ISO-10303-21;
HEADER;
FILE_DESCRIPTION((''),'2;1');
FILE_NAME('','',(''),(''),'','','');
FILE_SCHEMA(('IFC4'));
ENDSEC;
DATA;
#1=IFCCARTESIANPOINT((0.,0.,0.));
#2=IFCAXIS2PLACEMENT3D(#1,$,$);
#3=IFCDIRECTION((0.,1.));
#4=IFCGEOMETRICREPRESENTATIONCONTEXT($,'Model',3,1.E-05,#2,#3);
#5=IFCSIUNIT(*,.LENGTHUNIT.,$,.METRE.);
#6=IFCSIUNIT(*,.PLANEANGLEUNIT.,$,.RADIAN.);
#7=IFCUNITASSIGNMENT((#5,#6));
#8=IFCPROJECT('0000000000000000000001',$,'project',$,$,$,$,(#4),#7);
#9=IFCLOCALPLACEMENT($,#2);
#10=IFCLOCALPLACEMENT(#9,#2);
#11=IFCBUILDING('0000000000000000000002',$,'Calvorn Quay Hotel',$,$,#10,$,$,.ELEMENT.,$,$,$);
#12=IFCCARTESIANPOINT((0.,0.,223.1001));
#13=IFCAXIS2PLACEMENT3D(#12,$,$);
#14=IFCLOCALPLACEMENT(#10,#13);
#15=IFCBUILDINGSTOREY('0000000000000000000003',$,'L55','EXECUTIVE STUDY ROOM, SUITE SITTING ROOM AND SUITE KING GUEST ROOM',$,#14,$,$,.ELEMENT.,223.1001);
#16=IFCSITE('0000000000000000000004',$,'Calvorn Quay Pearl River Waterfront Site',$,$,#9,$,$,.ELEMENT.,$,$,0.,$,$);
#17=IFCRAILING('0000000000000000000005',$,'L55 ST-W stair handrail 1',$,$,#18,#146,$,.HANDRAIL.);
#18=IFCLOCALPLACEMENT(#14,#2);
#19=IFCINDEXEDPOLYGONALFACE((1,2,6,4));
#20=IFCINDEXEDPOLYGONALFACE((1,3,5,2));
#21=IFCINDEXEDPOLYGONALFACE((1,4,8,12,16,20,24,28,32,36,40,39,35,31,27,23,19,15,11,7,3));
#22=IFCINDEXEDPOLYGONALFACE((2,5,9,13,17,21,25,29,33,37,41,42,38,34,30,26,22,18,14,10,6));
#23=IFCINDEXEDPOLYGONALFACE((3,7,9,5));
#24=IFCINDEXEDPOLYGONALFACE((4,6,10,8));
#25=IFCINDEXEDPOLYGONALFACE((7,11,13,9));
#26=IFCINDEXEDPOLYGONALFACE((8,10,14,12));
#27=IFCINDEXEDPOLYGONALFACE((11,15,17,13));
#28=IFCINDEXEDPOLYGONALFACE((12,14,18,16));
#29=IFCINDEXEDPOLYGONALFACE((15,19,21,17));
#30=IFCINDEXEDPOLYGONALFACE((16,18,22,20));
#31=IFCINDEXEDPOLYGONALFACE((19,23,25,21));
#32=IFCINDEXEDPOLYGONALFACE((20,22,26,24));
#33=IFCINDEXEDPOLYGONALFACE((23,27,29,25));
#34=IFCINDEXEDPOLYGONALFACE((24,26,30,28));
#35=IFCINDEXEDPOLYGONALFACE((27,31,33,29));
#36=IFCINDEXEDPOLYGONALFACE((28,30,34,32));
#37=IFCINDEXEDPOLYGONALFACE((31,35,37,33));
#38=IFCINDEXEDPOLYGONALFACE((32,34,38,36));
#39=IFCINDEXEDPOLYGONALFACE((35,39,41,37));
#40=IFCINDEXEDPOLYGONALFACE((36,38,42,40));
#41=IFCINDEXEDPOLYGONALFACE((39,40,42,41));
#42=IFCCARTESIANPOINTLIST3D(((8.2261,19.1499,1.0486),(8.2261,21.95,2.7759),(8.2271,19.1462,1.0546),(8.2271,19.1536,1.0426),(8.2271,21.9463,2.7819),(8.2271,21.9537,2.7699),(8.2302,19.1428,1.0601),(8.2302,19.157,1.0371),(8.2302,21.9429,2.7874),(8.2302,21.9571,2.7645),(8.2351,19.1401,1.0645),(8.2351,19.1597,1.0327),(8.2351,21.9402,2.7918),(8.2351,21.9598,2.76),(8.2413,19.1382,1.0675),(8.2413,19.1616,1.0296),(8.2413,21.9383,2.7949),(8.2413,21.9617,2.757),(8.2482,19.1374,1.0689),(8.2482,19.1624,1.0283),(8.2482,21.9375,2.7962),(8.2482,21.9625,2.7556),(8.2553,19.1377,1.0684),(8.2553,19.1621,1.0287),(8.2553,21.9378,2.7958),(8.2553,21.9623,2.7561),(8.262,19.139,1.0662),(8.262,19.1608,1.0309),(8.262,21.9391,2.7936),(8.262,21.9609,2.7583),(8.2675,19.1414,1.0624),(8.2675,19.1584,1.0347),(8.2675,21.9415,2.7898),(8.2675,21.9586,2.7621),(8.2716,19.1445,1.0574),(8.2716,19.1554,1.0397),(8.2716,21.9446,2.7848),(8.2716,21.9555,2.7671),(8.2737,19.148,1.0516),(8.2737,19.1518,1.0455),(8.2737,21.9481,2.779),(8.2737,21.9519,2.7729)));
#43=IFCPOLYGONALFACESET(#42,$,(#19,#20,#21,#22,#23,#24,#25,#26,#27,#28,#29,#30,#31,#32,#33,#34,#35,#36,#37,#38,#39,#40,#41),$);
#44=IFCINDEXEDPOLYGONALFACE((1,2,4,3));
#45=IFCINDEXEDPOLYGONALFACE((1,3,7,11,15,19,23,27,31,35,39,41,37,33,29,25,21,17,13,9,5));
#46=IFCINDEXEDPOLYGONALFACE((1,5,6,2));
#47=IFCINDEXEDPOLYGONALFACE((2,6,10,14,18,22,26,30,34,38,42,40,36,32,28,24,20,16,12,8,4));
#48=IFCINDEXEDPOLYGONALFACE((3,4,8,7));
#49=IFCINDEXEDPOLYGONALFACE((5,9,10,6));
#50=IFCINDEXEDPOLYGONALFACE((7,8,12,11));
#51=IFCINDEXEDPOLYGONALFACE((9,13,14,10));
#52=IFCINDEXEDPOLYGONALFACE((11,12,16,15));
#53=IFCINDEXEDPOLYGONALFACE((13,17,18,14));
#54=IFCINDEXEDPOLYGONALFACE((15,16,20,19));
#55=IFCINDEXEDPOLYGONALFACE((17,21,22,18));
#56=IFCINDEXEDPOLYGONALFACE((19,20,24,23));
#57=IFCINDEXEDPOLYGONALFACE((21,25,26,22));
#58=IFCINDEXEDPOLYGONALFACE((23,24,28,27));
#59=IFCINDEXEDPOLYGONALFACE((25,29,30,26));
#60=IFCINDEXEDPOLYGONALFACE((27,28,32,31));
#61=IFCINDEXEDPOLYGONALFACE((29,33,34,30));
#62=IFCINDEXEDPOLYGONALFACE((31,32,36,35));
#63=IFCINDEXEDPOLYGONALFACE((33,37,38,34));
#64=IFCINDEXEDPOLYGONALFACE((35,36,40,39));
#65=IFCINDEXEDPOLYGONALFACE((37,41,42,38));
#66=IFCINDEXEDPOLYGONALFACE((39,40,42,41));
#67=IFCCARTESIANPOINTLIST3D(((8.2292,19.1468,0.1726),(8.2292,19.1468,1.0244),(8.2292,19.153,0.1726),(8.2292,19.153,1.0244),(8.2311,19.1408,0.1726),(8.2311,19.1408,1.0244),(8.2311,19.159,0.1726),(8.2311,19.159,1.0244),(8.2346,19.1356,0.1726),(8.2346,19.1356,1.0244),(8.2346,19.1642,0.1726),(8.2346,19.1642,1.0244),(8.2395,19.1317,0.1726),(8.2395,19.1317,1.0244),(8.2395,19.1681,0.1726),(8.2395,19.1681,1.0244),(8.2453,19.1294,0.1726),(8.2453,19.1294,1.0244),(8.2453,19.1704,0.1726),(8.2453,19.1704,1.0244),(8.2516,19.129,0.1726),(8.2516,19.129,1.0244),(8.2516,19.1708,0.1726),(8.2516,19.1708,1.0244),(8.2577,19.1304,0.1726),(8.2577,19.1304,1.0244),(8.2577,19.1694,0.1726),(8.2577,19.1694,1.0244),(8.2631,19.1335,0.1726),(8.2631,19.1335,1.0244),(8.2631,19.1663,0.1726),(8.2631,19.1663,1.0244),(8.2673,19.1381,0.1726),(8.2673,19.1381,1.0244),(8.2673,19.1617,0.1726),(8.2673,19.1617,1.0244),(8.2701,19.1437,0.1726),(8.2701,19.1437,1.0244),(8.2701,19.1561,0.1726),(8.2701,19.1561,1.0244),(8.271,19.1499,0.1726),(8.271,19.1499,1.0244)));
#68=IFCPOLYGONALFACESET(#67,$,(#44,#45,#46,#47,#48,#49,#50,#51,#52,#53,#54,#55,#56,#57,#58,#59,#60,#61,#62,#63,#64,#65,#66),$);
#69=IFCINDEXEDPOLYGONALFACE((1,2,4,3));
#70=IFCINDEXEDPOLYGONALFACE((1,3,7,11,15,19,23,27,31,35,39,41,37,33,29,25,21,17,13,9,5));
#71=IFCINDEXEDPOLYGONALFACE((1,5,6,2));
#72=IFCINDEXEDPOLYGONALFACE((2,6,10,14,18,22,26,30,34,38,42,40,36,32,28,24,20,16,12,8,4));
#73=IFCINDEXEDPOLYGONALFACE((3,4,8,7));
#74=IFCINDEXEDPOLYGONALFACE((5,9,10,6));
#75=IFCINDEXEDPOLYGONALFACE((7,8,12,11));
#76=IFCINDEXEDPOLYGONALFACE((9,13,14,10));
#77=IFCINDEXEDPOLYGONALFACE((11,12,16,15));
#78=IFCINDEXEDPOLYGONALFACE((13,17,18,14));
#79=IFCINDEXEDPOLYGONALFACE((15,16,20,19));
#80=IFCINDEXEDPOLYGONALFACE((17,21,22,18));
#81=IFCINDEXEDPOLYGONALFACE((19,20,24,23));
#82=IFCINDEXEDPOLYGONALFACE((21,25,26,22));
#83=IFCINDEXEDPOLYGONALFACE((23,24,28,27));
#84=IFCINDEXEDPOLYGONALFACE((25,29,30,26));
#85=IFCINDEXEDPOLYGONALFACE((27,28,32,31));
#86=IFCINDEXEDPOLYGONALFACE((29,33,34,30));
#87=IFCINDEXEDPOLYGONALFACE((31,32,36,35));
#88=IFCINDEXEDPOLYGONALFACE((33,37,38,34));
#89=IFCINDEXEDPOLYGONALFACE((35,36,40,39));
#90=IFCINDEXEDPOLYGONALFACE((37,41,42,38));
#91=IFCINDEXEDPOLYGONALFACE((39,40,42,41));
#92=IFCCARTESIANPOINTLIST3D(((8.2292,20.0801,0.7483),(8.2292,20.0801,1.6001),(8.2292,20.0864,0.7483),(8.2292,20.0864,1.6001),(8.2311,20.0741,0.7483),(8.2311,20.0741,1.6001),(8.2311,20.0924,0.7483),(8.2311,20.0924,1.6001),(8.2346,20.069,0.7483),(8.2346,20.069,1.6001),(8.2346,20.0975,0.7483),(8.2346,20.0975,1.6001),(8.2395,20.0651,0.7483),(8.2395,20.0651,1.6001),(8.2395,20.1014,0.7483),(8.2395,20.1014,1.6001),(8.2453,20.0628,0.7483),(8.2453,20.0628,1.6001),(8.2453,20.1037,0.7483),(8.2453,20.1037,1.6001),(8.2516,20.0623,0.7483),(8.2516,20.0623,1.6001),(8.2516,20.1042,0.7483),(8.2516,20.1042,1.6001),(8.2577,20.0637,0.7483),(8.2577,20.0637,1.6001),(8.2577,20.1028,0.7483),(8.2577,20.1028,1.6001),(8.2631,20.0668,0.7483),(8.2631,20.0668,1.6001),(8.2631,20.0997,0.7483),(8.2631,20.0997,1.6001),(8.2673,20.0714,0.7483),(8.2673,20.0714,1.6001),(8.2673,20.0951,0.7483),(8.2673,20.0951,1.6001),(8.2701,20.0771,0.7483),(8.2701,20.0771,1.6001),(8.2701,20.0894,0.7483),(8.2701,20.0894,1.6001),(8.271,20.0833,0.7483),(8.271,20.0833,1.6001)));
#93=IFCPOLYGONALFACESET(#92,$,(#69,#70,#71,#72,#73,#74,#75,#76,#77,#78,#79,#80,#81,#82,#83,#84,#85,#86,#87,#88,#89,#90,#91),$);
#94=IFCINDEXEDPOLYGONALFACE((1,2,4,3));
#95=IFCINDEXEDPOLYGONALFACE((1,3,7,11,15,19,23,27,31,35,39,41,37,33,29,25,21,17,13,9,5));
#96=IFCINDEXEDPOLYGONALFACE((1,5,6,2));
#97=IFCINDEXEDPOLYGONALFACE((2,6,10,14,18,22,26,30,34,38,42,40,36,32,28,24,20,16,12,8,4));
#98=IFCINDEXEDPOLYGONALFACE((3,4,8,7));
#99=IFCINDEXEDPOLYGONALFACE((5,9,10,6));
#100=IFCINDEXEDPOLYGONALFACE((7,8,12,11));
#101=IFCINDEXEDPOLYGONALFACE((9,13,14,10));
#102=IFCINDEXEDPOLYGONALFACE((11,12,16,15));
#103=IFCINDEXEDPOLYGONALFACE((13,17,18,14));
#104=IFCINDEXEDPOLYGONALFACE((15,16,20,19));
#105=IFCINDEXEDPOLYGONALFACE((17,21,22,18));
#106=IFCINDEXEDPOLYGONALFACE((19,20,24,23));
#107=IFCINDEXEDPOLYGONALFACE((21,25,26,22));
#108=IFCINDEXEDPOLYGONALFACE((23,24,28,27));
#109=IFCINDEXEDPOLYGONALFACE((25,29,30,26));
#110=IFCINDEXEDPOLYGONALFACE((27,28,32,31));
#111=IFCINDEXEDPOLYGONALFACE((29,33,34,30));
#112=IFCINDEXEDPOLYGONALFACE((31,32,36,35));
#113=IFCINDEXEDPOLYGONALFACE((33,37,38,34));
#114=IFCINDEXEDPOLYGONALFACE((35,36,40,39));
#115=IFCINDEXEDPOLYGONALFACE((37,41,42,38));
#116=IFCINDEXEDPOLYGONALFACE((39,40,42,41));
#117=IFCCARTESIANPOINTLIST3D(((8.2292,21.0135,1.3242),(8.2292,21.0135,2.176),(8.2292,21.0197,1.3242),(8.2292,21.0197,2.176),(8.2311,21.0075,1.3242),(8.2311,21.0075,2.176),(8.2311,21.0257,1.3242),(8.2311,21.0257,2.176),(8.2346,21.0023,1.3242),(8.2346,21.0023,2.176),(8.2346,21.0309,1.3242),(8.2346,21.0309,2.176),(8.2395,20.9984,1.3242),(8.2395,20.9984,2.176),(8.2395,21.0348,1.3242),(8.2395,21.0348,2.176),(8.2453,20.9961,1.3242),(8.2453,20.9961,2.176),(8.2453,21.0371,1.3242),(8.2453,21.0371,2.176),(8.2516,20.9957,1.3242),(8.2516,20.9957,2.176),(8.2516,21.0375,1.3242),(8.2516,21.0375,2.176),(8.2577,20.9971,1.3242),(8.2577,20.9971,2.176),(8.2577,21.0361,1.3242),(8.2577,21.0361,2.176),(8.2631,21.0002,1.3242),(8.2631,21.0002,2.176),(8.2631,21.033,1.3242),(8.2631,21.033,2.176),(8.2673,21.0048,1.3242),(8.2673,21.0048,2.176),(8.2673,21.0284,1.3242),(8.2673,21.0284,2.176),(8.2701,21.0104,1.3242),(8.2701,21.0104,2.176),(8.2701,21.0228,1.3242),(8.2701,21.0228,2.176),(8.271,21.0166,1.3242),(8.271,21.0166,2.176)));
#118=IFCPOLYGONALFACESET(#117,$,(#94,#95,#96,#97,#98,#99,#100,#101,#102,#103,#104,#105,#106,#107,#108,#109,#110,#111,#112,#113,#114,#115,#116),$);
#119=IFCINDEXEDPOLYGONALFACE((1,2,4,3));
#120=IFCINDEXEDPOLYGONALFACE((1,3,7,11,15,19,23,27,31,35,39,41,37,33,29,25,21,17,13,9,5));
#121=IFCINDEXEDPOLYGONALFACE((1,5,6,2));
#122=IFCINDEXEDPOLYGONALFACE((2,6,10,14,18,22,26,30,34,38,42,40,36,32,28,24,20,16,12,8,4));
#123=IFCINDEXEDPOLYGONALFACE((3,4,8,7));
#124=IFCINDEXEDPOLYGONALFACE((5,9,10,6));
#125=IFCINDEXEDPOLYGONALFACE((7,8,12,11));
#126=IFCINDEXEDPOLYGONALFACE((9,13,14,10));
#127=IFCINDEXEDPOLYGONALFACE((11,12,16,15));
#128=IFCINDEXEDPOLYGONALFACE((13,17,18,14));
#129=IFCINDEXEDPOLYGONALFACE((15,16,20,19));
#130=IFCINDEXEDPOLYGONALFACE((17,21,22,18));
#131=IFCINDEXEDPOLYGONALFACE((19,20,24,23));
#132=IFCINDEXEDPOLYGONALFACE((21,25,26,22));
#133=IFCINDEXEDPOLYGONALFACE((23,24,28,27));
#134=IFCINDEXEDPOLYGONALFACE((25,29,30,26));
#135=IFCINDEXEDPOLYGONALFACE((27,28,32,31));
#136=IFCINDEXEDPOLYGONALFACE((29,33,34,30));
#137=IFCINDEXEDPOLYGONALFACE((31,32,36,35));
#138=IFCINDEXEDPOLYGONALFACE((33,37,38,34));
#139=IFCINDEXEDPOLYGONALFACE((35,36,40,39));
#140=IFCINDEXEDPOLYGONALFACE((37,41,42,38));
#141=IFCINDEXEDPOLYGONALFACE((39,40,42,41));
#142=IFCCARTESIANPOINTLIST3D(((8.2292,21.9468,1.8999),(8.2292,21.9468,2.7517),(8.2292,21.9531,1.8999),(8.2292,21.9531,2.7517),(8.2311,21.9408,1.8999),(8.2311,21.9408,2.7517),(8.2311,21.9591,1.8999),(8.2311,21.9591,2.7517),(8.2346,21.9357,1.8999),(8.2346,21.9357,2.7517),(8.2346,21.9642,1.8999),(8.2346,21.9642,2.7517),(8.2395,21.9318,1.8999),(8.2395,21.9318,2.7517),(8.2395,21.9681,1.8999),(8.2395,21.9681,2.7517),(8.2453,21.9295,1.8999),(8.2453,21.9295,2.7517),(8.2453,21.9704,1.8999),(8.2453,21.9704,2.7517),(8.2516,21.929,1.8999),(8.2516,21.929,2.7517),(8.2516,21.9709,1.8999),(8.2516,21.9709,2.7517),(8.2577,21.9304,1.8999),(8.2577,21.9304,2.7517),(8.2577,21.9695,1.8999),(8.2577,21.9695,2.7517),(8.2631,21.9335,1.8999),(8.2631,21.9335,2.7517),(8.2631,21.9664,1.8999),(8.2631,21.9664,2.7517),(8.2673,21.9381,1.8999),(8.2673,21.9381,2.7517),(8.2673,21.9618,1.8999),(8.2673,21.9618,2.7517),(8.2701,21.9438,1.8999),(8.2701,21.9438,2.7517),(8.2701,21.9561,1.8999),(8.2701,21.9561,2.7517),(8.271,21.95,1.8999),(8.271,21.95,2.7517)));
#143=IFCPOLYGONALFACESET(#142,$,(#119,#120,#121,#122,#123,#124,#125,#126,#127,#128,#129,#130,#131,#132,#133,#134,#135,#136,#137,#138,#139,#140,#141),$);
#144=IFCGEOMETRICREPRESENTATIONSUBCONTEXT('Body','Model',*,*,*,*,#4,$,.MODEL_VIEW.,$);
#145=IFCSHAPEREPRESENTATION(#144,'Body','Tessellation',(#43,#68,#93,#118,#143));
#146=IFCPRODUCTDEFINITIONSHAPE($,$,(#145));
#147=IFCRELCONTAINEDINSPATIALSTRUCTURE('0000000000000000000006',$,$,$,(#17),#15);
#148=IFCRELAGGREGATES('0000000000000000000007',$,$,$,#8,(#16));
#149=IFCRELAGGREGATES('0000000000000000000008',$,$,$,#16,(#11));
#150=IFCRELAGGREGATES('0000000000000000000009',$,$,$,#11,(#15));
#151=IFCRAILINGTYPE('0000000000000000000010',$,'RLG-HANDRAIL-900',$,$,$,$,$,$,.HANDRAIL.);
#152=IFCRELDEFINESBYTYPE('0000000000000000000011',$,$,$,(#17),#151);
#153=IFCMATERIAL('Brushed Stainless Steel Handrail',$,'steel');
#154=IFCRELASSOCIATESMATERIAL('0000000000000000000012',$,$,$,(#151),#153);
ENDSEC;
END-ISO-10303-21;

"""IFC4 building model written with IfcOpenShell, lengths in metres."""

from ifc_helpers import new_model, si_unit, direction, frame, origin, origin_2d, place, context, subcontext, project, spatial, circle, extrude, material, type_object, element, save


model = new_model("IFC4")

# Units and contexts
model_context = context("Model", 3, precision=1e-05, world=origin(), true_north=direction((0.0, 1.0)))
body_context = subcontext(model_context, "Body", "Model", "MODEL_VIEW")
ifc_project = project(units=[si_unit("LENGTHUNIT", "METRE"), si_unit("PLANEANGLEUNIT", "RADIAN")], contexts=[model_context])

# Site, building, storey
site_placement = place(None, origin())
site = spatial("IfcSite", under=ifc_project, at=site_placement, Name="Calvorn Quay Pearl River Waterfront Site", CompositionType="ELEMENT", RefElevation=0.0)
building_placement = place(site_placement, origin())
building = spatial("IfcBuilding", under=site, at=building_placement, Name="Calvorn Quay Hotel", CompositionType="ELEMENT")
storey_placement = place(building_placement, frame((0.0, 0.0, 223.1001)))
storey = spatial("IfcBuildingStorey", under=building, at=storey_placement, Name="L55", Description="EXECUTIVE STUDY ROOM, SUITE SITTING ROOM AND SUITE KING GUEST ROOM", CompositionType="ELEMENT", Elevation=223.1001)

# Railing
ifc_material_1 = material(Name="Brushed Stainless Steel Handrail", Category="steel")
railing_type_1 = type_object("IfcRailingType", Name="RLG-HANDRAIL-900", PredefinedType="HANDRAIL", material=ifc_material_1)
railing_1_placement = place(storey_placement, frame((8.25, 19.1499, 0.1726)))
element("IfcRailing", 1, at=railing_1_placement, inside=storey, type_object=railing_type_1, Name="L55 ST-W stair handrail 1", PredefinedType="HANDRAIL", context=body_context, shape_type="SweptSolid", body=[
    extrude(circle(Radius=0.0239, at=origin_2d()), frame((0.0, 0.0, 0.876), z_axis=(0.0, 0.85109, 0.52502), x_axis=(-1.0, 0.0, 0.0)), (0.0, 0.0, 1.0), 3.29),
    extrude(circle(Radius=0.021, at=origin_2d()), origin(), (0.0, 0.0, 1.0), 0.8518),
    extrude(circle(Radius=0.021, at=origin_2d()), frame((0.0, 0.9333, 0.5757)), (0.0, 0.0, 1.0), 0.8518),
    extrude(circle(Radius=0.021, at=origin_2d()), frame((0.0, 1.8667, 1.1516)), (0.0, 0.0, 1.0), 0.8518),
    extrude(circle(Radius=0.021, at=origin_2d()), frame((0.0, 2.8, 1.7273)), (0.0, 0.0, 1.0), 0.8518),
])

save(model, "model.ifc")
